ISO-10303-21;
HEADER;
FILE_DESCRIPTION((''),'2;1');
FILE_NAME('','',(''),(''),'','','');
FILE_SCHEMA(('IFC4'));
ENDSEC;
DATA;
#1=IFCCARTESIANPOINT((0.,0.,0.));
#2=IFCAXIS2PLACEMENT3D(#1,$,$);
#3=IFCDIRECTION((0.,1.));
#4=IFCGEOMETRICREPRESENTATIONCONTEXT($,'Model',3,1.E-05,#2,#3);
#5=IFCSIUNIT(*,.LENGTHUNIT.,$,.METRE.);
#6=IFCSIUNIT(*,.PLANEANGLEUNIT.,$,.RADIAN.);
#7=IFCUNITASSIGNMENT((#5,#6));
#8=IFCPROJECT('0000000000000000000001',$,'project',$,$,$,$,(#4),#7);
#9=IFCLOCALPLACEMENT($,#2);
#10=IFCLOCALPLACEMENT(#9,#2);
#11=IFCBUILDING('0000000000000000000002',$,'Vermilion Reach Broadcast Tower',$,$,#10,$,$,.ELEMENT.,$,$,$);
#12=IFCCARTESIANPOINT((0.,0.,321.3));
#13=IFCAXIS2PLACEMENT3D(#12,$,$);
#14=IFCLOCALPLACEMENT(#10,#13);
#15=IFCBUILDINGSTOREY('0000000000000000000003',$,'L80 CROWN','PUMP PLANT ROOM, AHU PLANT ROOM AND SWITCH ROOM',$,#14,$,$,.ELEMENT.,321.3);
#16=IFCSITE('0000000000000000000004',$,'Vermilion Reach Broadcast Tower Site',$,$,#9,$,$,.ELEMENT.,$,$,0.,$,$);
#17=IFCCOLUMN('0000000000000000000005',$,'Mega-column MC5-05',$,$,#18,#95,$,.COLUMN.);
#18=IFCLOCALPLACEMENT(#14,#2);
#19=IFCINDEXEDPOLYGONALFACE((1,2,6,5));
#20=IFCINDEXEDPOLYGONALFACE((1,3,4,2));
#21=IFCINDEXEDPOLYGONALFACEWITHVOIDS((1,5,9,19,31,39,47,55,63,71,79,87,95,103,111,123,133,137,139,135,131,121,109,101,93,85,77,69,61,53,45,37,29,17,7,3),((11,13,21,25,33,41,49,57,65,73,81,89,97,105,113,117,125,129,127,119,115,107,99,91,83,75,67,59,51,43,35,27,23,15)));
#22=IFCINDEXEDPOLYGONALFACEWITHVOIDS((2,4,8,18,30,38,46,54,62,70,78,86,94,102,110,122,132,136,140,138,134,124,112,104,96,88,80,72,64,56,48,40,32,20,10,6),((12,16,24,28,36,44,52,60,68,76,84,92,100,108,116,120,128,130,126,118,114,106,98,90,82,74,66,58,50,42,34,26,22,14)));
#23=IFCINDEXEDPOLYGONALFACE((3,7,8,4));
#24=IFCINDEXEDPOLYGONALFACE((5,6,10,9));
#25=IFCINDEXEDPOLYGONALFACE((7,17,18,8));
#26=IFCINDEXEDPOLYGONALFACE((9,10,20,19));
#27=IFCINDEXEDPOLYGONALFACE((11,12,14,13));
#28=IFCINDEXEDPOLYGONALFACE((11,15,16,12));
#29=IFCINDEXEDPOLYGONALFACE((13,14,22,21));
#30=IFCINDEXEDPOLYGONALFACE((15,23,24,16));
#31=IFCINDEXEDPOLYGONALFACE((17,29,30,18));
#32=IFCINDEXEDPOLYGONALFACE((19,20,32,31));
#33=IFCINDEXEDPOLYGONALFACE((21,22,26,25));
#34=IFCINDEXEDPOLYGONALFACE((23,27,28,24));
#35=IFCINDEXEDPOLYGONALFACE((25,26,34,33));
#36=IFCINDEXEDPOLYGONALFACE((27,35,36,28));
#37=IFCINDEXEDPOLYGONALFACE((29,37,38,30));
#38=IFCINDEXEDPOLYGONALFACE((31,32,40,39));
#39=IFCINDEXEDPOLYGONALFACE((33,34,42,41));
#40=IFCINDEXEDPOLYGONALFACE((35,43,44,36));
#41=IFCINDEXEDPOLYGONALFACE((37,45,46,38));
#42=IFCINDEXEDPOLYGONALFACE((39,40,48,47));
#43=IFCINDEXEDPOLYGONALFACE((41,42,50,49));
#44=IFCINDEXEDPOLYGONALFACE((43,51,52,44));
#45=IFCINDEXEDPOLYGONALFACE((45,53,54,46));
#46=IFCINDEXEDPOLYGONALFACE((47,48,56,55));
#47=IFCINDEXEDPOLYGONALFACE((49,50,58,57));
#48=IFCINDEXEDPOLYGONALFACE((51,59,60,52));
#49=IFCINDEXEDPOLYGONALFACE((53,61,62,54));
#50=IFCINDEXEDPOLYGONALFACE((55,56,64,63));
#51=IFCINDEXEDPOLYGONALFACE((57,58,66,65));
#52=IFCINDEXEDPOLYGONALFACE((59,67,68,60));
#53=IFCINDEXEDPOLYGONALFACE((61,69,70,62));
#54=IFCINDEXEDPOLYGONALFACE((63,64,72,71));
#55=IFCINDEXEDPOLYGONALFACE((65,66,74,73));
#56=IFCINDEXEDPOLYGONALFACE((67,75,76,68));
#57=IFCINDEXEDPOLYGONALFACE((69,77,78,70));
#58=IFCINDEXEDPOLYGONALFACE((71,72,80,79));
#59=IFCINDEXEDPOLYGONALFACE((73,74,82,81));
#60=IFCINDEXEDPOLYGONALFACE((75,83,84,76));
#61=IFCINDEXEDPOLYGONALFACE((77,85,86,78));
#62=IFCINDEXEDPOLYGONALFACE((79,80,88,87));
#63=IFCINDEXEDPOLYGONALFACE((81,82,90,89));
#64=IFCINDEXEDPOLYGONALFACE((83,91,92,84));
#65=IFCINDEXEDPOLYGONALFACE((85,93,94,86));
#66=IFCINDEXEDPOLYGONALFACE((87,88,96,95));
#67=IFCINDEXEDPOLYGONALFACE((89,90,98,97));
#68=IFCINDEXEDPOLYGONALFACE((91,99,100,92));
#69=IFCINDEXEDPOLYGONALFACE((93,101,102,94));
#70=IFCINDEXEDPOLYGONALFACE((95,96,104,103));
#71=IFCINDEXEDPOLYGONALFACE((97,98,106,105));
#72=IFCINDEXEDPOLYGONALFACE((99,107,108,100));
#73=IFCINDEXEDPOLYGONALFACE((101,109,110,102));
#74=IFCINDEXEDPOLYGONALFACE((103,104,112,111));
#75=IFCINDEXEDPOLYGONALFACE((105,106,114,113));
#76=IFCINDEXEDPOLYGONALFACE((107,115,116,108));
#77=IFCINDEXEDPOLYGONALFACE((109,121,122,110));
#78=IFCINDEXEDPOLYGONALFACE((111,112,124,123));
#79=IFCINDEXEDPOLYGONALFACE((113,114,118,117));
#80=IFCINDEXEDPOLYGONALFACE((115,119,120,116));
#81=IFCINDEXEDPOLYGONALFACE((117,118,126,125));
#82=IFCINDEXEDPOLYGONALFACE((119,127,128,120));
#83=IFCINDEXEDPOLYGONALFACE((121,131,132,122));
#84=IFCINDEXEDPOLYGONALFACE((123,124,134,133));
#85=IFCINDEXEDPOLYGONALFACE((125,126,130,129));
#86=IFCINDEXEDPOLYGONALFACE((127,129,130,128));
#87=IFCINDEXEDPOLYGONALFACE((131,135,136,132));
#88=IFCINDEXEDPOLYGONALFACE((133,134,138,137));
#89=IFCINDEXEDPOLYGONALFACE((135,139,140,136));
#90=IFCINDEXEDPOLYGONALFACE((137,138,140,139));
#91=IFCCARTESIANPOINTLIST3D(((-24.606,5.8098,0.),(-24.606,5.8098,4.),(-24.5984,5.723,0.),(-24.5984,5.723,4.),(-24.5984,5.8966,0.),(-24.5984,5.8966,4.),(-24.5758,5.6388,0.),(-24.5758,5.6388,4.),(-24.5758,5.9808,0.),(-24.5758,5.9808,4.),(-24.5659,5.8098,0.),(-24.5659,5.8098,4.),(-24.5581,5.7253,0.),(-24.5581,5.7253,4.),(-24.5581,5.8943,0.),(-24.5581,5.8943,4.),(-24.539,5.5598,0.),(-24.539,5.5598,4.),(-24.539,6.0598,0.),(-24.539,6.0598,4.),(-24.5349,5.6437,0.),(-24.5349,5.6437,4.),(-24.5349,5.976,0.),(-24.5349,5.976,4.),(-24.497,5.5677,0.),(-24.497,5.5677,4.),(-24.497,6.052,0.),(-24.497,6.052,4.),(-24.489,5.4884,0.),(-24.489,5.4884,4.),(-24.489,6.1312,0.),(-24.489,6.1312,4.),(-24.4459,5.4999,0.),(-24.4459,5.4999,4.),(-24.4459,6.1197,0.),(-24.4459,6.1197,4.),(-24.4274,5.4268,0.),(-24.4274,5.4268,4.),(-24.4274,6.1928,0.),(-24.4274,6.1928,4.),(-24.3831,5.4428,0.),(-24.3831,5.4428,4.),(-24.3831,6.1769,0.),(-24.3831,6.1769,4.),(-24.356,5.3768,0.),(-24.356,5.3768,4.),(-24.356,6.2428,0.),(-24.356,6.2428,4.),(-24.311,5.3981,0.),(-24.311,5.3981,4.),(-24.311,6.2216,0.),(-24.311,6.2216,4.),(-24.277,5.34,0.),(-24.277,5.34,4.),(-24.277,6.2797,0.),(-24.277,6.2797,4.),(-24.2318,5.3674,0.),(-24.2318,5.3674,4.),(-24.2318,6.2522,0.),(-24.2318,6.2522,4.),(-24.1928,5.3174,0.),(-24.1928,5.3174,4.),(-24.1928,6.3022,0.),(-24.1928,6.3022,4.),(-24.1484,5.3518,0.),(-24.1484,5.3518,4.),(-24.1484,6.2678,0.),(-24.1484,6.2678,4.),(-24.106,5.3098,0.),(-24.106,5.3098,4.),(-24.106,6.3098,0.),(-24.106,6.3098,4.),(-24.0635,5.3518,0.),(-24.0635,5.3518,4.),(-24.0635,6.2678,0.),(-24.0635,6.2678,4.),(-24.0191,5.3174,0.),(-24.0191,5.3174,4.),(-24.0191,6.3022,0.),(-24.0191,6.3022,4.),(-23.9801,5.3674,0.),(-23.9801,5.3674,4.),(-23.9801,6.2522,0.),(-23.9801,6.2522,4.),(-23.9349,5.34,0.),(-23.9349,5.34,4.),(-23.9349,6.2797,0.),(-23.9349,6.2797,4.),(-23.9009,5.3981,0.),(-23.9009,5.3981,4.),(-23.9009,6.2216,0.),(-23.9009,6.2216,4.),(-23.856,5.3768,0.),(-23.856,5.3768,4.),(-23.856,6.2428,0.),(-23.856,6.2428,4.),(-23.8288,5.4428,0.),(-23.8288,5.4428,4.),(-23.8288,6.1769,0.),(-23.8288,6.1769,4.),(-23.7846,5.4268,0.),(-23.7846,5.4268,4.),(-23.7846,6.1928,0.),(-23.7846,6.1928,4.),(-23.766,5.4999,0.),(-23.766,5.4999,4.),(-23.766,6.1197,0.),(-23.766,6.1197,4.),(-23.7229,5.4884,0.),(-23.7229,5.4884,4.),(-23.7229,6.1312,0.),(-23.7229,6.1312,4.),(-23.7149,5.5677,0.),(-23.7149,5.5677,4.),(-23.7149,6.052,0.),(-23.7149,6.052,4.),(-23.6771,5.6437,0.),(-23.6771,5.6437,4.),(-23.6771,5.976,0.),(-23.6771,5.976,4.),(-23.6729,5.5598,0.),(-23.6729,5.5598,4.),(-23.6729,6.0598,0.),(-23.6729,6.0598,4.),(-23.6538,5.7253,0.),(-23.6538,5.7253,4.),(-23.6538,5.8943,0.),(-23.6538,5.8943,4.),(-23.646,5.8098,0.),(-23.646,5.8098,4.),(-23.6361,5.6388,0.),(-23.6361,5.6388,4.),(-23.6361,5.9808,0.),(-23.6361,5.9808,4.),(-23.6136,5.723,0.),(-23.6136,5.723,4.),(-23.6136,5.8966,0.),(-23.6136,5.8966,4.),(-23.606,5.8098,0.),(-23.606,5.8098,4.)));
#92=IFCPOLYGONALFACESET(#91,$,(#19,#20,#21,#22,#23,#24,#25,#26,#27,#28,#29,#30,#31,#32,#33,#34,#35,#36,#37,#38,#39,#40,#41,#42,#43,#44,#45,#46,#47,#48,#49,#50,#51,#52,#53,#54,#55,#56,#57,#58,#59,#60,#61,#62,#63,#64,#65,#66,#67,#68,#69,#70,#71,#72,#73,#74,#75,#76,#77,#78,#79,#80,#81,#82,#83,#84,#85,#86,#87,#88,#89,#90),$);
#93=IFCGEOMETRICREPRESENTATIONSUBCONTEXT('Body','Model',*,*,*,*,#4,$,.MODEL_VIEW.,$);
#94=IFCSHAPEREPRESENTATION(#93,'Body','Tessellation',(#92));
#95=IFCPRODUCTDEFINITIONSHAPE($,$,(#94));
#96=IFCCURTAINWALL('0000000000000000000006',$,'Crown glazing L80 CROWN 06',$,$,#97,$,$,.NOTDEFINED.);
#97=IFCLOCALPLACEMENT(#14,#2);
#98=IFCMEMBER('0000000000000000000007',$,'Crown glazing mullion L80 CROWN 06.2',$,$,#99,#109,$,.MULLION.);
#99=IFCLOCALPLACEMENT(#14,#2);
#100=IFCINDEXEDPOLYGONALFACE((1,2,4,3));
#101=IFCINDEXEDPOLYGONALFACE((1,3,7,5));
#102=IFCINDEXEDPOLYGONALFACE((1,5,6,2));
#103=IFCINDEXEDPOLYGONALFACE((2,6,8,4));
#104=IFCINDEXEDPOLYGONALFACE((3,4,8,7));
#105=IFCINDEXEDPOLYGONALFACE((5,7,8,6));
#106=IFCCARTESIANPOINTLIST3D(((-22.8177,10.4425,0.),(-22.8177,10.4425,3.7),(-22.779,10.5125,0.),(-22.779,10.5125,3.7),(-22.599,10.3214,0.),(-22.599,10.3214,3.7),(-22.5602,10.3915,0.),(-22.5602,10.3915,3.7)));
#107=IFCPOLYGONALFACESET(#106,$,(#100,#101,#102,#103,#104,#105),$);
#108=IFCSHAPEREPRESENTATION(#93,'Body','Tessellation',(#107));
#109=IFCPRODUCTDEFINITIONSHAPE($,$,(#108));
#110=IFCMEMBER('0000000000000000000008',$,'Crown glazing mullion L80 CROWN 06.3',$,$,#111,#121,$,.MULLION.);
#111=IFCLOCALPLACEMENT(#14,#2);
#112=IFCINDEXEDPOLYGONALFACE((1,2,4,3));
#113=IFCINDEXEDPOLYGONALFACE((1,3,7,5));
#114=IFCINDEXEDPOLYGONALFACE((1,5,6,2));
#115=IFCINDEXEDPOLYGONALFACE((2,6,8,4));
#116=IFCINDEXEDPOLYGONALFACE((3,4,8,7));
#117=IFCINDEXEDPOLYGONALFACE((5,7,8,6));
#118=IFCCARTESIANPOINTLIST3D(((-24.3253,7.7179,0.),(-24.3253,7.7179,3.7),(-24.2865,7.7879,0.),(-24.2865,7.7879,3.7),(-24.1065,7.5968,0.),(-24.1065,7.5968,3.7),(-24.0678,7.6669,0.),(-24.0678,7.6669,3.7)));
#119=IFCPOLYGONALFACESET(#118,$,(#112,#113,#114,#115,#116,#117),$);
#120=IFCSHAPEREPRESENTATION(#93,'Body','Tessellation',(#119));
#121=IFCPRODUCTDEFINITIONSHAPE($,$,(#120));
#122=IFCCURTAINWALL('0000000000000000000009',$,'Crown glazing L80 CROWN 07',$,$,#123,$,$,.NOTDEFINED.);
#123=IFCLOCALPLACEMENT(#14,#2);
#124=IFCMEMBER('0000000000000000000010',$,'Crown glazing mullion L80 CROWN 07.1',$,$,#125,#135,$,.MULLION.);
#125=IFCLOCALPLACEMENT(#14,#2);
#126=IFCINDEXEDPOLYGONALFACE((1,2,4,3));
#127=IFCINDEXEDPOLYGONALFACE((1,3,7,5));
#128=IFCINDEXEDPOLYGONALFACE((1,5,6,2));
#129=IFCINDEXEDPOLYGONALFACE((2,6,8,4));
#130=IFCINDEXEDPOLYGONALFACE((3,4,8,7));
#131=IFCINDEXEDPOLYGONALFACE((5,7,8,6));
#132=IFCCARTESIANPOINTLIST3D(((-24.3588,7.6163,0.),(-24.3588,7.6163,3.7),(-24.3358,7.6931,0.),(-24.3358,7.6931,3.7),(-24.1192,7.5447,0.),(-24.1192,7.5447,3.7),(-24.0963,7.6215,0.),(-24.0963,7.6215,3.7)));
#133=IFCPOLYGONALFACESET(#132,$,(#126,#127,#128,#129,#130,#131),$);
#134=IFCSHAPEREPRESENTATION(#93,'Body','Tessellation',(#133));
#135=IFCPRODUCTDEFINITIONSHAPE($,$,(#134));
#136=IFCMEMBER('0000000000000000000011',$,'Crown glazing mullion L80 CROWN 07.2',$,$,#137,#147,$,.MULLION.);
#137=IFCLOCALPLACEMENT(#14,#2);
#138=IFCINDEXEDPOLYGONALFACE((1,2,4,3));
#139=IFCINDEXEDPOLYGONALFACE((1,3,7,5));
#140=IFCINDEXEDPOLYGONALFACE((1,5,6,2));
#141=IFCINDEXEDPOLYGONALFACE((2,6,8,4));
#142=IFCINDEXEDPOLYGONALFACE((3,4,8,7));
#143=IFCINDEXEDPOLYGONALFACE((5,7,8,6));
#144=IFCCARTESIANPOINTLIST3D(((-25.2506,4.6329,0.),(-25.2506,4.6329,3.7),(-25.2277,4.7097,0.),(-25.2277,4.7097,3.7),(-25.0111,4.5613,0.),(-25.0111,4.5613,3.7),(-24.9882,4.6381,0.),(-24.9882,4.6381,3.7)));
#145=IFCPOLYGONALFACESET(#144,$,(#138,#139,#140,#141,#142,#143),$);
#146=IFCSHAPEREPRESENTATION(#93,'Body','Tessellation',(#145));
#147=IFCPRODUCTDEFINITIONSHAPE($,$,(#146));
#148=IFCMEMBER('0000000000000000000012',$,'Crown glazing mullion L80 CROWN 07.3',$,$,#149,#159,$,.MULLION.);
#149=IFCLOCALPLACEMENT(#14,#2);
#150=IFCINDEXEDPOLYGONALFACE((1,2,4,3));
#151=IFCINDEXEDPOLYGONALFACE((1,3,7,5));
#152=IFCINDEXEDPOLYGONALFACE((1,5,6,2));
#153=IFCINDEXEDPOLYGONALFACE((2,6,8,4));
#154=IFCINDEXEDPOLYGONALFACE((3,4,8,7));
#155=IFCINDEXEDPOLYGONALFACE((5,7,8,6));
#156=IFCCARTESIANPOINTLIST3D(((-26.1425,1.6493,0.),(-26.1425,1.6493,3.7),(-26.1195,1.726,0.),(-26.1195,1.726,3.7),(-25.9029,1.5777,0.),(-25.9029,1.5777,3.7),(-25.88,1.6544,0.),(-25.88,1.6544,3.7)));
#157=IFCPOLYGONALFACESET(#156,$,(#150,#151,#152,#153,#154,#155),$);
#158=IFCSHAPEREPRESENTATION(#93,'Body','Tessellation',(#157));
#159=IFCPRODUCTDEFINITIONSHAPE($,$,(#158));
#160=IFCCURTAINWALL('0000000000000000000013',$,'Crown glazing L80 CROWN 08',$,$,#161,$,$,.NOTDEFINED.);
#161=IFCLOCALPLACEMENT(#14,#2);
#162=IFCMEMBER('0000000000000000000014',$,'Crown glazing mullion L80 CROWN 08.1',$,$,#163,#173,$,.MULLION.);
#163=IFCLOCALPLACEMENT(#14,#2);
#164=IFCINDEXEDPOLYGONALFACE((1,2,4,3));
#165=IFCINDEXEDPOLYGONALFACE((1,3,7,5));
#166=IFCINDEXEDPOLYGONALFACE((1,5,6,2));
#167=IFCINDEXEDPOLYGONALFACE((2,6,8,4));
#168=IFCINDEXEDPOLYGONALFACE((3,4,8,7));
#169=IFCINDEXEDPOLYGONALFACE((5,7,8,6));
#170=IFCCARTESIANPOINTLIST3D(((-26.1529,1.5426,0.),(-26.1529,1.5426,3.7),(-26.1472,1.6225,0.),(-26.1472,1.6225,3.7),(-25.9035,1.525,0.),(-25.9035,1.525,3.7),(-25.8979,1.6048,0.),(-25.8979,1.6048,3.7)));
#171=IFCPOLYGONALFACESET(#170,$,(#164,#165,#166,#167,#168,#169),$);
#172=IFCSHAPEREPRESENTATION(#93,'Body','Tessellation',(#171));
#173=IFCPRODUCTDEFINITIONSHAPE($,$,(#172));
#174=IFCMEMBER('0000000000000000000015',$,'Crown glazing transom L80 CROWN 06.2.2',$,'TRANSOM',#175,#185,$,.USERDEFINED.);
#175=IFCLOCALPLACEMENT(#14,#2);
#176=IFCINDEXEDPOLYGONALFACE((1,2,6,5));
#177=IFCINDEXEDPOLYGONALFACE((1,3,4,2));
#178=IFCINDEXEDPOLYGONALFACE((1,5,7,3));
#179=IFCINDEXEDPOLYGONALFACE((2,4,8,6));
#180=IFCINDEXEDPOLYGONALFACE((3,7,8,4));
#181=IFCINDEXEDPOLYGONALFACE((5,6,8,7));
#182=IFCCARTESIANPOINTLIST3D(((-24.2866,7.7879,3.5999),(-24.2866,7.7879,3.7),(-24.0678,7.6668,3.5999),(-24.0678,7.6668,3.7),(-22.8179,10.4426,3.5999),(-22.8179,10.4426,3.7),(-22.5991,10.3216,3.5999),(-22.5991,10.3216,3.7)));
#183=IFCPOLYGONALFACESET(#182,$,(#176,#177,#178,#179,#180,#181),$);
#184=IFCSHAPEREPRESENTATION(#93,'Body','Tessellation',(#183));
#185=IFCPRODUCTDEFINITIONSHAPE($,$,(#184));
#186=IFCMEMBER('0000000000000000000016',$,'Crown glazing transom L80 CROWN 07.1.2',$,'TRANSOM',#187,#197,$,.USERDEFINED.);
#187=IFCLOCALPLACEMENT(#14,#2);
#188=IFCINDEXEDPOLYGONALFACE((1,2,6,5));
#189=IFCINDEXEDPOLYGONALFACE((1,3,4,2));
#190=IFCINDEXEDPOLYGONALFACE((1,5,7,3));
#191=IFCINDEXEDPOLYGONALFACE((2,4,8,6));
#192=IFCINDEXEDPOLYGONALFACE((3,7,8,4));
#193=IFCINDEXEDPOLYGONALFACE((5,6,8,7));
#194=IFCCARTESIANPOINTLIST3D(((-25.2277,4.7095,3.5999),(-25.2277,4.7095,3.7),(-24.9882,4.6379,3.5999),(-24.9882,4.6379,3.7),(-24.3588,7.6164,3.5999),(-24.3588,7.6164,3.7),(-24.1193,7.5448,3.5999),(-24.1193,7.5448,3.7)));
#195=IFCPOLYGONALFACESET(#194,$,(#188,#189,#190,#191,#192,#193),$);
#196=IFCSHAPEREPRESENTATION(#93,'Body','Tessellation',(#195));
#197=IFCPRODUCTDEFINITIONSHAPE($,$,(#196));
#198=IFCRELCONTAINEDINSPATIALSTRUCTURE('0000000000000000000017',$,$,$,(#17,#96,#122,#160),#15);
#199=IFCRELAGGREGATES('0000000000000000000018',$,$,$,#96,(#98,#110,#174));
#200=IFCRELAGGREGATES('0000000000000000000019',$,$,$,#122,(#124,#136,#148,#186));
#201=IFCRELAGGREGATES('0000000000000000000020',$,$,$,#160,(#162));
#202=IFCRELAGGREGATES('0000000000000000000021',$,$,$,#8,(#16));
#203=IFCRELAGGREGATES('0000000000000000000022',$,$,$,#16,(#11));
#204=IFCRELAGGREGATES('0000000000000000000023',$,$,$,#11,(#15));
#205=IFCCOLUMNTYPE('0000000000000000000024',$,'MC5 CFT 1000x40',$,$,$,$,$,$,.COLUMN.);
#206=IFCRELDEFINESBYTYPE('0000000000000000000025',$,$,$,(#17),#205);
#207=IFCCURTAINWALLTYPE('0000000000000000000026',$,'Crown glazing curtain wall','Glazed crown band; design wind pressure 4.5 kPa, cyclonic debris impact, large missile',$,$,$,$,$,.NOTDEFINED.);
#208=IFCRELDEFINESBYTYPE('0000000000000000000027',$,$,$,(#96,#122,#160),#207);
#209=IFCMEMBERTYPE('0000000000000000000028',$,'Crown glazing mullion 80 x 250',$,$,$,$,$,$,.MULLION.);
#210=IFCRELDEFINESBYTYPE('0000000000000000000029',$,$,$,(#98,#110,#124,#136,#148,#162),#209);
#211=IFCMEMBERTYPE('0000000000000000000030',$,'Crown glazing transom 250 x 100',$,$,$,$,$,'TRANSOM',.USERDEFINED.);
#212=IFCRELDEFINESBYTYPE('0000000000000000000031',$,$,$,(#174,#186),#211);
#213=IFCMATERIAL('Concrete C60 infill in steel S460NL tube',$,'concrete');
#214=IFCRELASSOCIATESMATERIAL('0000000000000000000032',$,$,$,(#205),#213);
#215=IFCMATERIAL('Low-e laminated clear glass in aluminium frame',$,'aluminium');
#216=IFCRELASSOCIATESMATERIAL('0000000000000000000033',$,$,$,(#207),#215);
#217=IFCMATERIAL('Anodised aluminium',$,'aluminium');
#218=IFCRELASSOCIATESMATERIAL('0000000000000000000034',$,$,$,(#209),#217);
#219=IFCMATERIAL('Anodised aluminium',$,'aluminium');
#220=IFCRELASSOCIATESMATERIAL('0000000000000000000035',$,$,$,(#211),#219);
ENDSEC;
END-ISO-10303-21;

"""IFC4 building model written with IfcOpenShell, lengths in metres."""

from ifc_helpers import new_model, si_unit, direction, frame, origin, origin_2d, place, context, subcontext, project, spatial, rectangle, hollow_circle, extrude, material, material_profile, profile_set, type_object, element, aggregate, save


model = new_model("IFC4")

# Units and contexts
model_context = context("Model", 3, precision=1e-05, world=origin(), true_north=direction((0.0, 1.0)))
body_context = subcontext(model_context, "Body", "Model", "MODEL_VIEW")
ifc_project = project(units=[si_unit("LENGTHUNIT", "METRE"), si_unit("PLANEANGLEUNIT", "RADIAN")], contexts=[model_context])

# Site, building, storey
site_placement = place(None, origin())
site = spatial("IfcSite", under=ifc_project, at=site_placement, Name="Vermilion Reach Broadcast Tower Site", CompositionType="ELEMENT", RefElevation=0.0)
building_placement = place(site_placement, origin())
building = spatial("IfcBuilding", under=site, at=building_placement, Name="Vermilion Reach Broadcast Tower", CompositionType="ELEMENT")
storey_placement = place(building_placement, frame((0.0, 0.0, 321.3)))
storey = spatial("IfcBuildingStorey", under=building, at=storey_placement, Name="L80 CROWN", Description="PUMP PLANT ROOM, AHU PLANT ROOM AND SWITCH ROOM", CompositionType="ELEMENT", Elevation=321.3)

# Column
ifc_material_1 = material(Name="Concrete C60 infill in steel S460NL tube", Category="concrete")
ifc_material_profile_1 = material_profile(ifc_material_1, hollow_circle(Radius=0.5, WallThickness=0.04, at=origin_2d()), Name="Concrete C60 infill in steel S460NL tube CFT 1000x40")
ifc_profile_set_1 = profile_set([ifc_material_profile_1], Name="Concrete C60 infill in steel S460NL tube")
column_type = type_object("IfcColumnType", Name="MC5 CFT 1000x40", PredefinedType="COLUMN", material=ifc_profile_set_1)
column_placement = place(storey_placement, frame((-24.106, 5.8098, 0.0), z_axis=(0.0, 0.0, 1.0), x_axis=(1.0, 0.0, 0.0)))
element("IfcColumn", 1, at=column_placement, inside=storey, type_object=column_type, Name="Mega-column MC5-05", PredefinedType="COLUMN", context=body_context, shape_type="SweptSolid", body=[
    extrude(hollow_circle(Radius=0.5, WallThickness=0.04, at=origin_2d()), origin(), (0.0, 0.0, 1.0), 4.0),
])

# Curtain walls, members
ifc_material_2 = material(Name="Low-e laminated clear glass in aluminium frame", Category="aluminium")
curtain_wall_type = type_object("IfcCurtainWallType", Name="Crown glazing curtain wall", Description="Glazed crown band; design wind pressure 4.5 kPa, cyclonic debris impact, large missile", PredefinedType="NOTDEFINED", material=ifc_material_2)
placement = place(storey_placement, origin())
curtain_wall_1 = element("IfcCurtainWall", 2, at=placement, inside=storey, type_object=curtain_wall_type, Name="Crown glazing L80 CROWN 06", PredefinedType="NOTDEFINED")
ifc_material_3 = material(Name="Anodised aluminium", Category="aluminium")
ifc_material_profile_2 = material_profile(ifc_material_3, rectangle(XDim=0.25, YDim=0.0801, at=origin_2d()), Name="Crown glazing mullion 80 x 250")
ifc_profile_set_2 = profile_set([ifc_material_profile_2], Name="Anodised aluminium")
member_type_1 = type_object("IfcMemberType", Name="Crown glazing mullion 80 x 250", PredefinedType="MULLION", material=ifc_profile_set_2)
member_1_placement = place(storey_placement, frame((-22.689, 10.417, 0.0), z_axis=(0.0, 0.0, 1.0), x_axis=(0.874983, -0.484153, 0.0)))
member_1 = element("IfcMember", 3, at=member_1_placement, type_object=member_type_1, Name="Crown glazing mullion L80 CROWN 06.2", PredefinedType="MULLION", context=body_context, shape_type="SweptSolid", body=[
    extrude(rectangle(XDim=0.25, YDim=0.0801, at=origin_2d()), origin(), (0.0, 0.0, 1.0), 3.7),
])
member_2_placement = place(storey_placement, frame((-24.1965, 7.6924, 0.0), z_axis=(0.0, 0.0, 1.0), x_axis=(0.874983, -0.484153, 0.0)))
member_2 = element("IfcMember", 4, at=member_2_placement, type_object=member_type_1, Name="Crown glazing mullion L80 CROWN 06.3", PredefinedType="MULLION", context=body_context, shape_type="SweptSolid", body=[
    extrude(rectangle(XDim=0.25, YDim=0.0801, at=origin_2d()), origin(), (0.0, 0.0, 1.0), 3.7),
])
curtain_wall_2 = element("IfcCurtainWall", 5, at=placement, inside=storey, type_object=curtain_wall_type, Name="Crown glazing L80 CROWN 07", PredefinedType="NOTDEFINED")
member_3_placement = place(storey_placement, frame((-24.2275, 7.6189, 0.0), z_axis=(0.0, 0.0, 1.0), x_axis=(0.958108, -0.286407, 0.0)))
member_3 = element("IfcMember", 6, at=member_3_placement, type_object=member_type_1, Name="Crown glazing mullion L80 CROWN 07.1", PredefinedType="MULLION", context=body_context, shape_type="SweptSolid", body=[
    extrude(rectangle(XDim=0.25, YDim=0.0801, at=origin_2d()), origin(), (0.0, 0.0, 1.0), 3.7),
])
member_4_placement = place(storey_placement, frame((-25.1194, 4.6355, 0.0), z_axis=(0.0, 0.0, 1.0), x_axis=(0.958108, -0.286407, 0.0)))
member_4 = element("IfcMember", 7, at=member_4_placement, type_object=member_type_1, Name="Crown glazing mullion L80 CROWN 07.2", PredefinedType="MULLION", context=body_context, shape_type="SweptSolid", body=[
    extrude(rectangle(XDim=0.25, YDim=0.0801, at=origin_2d()), origin(), (0.0, 0.0, 1.0), 3.7),
])
member_5_placement = place(storey_placement, frame((-26.0112, 1.6519, 0.0), z_axis=(0.0, 0.0, 1.0), x_axis=(0.958108, -0.286407, 0.0)))
member_5 = element("IfcMember", 8, at=member_5_placement, type_object=member_type_1, Name="Crown glazing mullion L80 CROWN 07.3", PredefinedType="MULLION", context=body_context, shape_type="SweptSolid", body=[
    extrude(rectangle(XDim=0.25, YDim=0.0801, at=origin_2d()), origin(), (0.0, 0.0, 1.0), 3.7),
])

# Curtain wall, member
curtain_wall_3 = element("IfcCurtainWall", 9, at=placement, inside=storey, type_object=curtain_wall_type, Name="Crown glazing L80 CROWN 08", PredefinedType="NOTDEFINED")
member_6_placement = place(storey_placement, frame((-26.0254, 1.5737, 0.0), z_axis=(0.0, 0.0, 1.0), x_axis=(0.9975, -0.070673, 0.0)))
member_6 = element("IfcMember", 10, at=member_6_placement, type_object=member_type_1, Name="Crown glazing mullion L80 CROWN 08.1", PredefinedType="MULLION", context=body_context, shape_type="SweptSolid", body=[
    extrude(rectangle(XDim=0.25, YDim=0.0801, at=origin_2d()), origin(), (0.0, 0.0, 1.0), 3.7),
])

# Members
ifc_material_4 = material(Name="Anodised aluminium", Category="aluminium")
ifc_material_profile_3 = material_profile(ifc_material_4, rectangle(XDim=0.25, YDim=0.1001, at=origin_2d()), Name="Crown glazing transom 250 x 100")
ifc_profile_set_3 = profile_set([ifc_material_profile_3], Name="Anodised aluminium")
member_type_2 = type_object("IfcMemberType", Name="Crown glazing transom 250 x 100", ElementType="TRANSOM", PredefinedType="USERDEFINED", material=ifc_profile_set_3)
member_7_placement = place(storey_placement, frame((-22.7085, 10.3821, 3.6499), z_axis=(-0.484098, -0.875014, 0.0), x_axis=(0.875014, -0.484098, 0.0)))
member_7 = element("IfcMember", 11, at=member_7_placement, type_object=member_type_2, Name="Crown glazing transom L80 CROWN 06.2.2", ObjectType="TRANSOM", PredefinedType="USERDEFINED", context=body_context, shape_type="SweptSolid", body=[
    extrude(rectangle(XDim=0.25, YDim=0.1001, at=origin_2d()), origin(), (0.0, 0.0, 1.0), 3.0339),
])
member_8_placement = place(storey_placement, frame((-24.239, 7.5806, 3.6499), z_axis=(-0.286403, -0.958109, 0.0), x_axis=(0.958109, -0.286403, 0.0)))
member_8 = element("IfcMember", 12, at=member_8_placement, type_object=member_type_2, Name="Crown glazing transom L80 CROWN 07.1.2", ObjectType="TRANSOM", PredefinedType="USERDEFINED", context=body_context, shape_type="SweptSolid", body=[
    extrude(rectangle(XDim=0.25, YDim=0.1001, at=origin_2d()), origin(), (0.0, 0.0, 1.0), 3.0339),
])

aggregate(curtain_wall_1, [member_1, member_2, member_7])
aggregate(curtain_wall_2, [member_3, member_4, member_5, member_8])
aggregate(curtain_wall_3, [member_6])

save(model, "model.ifc")
